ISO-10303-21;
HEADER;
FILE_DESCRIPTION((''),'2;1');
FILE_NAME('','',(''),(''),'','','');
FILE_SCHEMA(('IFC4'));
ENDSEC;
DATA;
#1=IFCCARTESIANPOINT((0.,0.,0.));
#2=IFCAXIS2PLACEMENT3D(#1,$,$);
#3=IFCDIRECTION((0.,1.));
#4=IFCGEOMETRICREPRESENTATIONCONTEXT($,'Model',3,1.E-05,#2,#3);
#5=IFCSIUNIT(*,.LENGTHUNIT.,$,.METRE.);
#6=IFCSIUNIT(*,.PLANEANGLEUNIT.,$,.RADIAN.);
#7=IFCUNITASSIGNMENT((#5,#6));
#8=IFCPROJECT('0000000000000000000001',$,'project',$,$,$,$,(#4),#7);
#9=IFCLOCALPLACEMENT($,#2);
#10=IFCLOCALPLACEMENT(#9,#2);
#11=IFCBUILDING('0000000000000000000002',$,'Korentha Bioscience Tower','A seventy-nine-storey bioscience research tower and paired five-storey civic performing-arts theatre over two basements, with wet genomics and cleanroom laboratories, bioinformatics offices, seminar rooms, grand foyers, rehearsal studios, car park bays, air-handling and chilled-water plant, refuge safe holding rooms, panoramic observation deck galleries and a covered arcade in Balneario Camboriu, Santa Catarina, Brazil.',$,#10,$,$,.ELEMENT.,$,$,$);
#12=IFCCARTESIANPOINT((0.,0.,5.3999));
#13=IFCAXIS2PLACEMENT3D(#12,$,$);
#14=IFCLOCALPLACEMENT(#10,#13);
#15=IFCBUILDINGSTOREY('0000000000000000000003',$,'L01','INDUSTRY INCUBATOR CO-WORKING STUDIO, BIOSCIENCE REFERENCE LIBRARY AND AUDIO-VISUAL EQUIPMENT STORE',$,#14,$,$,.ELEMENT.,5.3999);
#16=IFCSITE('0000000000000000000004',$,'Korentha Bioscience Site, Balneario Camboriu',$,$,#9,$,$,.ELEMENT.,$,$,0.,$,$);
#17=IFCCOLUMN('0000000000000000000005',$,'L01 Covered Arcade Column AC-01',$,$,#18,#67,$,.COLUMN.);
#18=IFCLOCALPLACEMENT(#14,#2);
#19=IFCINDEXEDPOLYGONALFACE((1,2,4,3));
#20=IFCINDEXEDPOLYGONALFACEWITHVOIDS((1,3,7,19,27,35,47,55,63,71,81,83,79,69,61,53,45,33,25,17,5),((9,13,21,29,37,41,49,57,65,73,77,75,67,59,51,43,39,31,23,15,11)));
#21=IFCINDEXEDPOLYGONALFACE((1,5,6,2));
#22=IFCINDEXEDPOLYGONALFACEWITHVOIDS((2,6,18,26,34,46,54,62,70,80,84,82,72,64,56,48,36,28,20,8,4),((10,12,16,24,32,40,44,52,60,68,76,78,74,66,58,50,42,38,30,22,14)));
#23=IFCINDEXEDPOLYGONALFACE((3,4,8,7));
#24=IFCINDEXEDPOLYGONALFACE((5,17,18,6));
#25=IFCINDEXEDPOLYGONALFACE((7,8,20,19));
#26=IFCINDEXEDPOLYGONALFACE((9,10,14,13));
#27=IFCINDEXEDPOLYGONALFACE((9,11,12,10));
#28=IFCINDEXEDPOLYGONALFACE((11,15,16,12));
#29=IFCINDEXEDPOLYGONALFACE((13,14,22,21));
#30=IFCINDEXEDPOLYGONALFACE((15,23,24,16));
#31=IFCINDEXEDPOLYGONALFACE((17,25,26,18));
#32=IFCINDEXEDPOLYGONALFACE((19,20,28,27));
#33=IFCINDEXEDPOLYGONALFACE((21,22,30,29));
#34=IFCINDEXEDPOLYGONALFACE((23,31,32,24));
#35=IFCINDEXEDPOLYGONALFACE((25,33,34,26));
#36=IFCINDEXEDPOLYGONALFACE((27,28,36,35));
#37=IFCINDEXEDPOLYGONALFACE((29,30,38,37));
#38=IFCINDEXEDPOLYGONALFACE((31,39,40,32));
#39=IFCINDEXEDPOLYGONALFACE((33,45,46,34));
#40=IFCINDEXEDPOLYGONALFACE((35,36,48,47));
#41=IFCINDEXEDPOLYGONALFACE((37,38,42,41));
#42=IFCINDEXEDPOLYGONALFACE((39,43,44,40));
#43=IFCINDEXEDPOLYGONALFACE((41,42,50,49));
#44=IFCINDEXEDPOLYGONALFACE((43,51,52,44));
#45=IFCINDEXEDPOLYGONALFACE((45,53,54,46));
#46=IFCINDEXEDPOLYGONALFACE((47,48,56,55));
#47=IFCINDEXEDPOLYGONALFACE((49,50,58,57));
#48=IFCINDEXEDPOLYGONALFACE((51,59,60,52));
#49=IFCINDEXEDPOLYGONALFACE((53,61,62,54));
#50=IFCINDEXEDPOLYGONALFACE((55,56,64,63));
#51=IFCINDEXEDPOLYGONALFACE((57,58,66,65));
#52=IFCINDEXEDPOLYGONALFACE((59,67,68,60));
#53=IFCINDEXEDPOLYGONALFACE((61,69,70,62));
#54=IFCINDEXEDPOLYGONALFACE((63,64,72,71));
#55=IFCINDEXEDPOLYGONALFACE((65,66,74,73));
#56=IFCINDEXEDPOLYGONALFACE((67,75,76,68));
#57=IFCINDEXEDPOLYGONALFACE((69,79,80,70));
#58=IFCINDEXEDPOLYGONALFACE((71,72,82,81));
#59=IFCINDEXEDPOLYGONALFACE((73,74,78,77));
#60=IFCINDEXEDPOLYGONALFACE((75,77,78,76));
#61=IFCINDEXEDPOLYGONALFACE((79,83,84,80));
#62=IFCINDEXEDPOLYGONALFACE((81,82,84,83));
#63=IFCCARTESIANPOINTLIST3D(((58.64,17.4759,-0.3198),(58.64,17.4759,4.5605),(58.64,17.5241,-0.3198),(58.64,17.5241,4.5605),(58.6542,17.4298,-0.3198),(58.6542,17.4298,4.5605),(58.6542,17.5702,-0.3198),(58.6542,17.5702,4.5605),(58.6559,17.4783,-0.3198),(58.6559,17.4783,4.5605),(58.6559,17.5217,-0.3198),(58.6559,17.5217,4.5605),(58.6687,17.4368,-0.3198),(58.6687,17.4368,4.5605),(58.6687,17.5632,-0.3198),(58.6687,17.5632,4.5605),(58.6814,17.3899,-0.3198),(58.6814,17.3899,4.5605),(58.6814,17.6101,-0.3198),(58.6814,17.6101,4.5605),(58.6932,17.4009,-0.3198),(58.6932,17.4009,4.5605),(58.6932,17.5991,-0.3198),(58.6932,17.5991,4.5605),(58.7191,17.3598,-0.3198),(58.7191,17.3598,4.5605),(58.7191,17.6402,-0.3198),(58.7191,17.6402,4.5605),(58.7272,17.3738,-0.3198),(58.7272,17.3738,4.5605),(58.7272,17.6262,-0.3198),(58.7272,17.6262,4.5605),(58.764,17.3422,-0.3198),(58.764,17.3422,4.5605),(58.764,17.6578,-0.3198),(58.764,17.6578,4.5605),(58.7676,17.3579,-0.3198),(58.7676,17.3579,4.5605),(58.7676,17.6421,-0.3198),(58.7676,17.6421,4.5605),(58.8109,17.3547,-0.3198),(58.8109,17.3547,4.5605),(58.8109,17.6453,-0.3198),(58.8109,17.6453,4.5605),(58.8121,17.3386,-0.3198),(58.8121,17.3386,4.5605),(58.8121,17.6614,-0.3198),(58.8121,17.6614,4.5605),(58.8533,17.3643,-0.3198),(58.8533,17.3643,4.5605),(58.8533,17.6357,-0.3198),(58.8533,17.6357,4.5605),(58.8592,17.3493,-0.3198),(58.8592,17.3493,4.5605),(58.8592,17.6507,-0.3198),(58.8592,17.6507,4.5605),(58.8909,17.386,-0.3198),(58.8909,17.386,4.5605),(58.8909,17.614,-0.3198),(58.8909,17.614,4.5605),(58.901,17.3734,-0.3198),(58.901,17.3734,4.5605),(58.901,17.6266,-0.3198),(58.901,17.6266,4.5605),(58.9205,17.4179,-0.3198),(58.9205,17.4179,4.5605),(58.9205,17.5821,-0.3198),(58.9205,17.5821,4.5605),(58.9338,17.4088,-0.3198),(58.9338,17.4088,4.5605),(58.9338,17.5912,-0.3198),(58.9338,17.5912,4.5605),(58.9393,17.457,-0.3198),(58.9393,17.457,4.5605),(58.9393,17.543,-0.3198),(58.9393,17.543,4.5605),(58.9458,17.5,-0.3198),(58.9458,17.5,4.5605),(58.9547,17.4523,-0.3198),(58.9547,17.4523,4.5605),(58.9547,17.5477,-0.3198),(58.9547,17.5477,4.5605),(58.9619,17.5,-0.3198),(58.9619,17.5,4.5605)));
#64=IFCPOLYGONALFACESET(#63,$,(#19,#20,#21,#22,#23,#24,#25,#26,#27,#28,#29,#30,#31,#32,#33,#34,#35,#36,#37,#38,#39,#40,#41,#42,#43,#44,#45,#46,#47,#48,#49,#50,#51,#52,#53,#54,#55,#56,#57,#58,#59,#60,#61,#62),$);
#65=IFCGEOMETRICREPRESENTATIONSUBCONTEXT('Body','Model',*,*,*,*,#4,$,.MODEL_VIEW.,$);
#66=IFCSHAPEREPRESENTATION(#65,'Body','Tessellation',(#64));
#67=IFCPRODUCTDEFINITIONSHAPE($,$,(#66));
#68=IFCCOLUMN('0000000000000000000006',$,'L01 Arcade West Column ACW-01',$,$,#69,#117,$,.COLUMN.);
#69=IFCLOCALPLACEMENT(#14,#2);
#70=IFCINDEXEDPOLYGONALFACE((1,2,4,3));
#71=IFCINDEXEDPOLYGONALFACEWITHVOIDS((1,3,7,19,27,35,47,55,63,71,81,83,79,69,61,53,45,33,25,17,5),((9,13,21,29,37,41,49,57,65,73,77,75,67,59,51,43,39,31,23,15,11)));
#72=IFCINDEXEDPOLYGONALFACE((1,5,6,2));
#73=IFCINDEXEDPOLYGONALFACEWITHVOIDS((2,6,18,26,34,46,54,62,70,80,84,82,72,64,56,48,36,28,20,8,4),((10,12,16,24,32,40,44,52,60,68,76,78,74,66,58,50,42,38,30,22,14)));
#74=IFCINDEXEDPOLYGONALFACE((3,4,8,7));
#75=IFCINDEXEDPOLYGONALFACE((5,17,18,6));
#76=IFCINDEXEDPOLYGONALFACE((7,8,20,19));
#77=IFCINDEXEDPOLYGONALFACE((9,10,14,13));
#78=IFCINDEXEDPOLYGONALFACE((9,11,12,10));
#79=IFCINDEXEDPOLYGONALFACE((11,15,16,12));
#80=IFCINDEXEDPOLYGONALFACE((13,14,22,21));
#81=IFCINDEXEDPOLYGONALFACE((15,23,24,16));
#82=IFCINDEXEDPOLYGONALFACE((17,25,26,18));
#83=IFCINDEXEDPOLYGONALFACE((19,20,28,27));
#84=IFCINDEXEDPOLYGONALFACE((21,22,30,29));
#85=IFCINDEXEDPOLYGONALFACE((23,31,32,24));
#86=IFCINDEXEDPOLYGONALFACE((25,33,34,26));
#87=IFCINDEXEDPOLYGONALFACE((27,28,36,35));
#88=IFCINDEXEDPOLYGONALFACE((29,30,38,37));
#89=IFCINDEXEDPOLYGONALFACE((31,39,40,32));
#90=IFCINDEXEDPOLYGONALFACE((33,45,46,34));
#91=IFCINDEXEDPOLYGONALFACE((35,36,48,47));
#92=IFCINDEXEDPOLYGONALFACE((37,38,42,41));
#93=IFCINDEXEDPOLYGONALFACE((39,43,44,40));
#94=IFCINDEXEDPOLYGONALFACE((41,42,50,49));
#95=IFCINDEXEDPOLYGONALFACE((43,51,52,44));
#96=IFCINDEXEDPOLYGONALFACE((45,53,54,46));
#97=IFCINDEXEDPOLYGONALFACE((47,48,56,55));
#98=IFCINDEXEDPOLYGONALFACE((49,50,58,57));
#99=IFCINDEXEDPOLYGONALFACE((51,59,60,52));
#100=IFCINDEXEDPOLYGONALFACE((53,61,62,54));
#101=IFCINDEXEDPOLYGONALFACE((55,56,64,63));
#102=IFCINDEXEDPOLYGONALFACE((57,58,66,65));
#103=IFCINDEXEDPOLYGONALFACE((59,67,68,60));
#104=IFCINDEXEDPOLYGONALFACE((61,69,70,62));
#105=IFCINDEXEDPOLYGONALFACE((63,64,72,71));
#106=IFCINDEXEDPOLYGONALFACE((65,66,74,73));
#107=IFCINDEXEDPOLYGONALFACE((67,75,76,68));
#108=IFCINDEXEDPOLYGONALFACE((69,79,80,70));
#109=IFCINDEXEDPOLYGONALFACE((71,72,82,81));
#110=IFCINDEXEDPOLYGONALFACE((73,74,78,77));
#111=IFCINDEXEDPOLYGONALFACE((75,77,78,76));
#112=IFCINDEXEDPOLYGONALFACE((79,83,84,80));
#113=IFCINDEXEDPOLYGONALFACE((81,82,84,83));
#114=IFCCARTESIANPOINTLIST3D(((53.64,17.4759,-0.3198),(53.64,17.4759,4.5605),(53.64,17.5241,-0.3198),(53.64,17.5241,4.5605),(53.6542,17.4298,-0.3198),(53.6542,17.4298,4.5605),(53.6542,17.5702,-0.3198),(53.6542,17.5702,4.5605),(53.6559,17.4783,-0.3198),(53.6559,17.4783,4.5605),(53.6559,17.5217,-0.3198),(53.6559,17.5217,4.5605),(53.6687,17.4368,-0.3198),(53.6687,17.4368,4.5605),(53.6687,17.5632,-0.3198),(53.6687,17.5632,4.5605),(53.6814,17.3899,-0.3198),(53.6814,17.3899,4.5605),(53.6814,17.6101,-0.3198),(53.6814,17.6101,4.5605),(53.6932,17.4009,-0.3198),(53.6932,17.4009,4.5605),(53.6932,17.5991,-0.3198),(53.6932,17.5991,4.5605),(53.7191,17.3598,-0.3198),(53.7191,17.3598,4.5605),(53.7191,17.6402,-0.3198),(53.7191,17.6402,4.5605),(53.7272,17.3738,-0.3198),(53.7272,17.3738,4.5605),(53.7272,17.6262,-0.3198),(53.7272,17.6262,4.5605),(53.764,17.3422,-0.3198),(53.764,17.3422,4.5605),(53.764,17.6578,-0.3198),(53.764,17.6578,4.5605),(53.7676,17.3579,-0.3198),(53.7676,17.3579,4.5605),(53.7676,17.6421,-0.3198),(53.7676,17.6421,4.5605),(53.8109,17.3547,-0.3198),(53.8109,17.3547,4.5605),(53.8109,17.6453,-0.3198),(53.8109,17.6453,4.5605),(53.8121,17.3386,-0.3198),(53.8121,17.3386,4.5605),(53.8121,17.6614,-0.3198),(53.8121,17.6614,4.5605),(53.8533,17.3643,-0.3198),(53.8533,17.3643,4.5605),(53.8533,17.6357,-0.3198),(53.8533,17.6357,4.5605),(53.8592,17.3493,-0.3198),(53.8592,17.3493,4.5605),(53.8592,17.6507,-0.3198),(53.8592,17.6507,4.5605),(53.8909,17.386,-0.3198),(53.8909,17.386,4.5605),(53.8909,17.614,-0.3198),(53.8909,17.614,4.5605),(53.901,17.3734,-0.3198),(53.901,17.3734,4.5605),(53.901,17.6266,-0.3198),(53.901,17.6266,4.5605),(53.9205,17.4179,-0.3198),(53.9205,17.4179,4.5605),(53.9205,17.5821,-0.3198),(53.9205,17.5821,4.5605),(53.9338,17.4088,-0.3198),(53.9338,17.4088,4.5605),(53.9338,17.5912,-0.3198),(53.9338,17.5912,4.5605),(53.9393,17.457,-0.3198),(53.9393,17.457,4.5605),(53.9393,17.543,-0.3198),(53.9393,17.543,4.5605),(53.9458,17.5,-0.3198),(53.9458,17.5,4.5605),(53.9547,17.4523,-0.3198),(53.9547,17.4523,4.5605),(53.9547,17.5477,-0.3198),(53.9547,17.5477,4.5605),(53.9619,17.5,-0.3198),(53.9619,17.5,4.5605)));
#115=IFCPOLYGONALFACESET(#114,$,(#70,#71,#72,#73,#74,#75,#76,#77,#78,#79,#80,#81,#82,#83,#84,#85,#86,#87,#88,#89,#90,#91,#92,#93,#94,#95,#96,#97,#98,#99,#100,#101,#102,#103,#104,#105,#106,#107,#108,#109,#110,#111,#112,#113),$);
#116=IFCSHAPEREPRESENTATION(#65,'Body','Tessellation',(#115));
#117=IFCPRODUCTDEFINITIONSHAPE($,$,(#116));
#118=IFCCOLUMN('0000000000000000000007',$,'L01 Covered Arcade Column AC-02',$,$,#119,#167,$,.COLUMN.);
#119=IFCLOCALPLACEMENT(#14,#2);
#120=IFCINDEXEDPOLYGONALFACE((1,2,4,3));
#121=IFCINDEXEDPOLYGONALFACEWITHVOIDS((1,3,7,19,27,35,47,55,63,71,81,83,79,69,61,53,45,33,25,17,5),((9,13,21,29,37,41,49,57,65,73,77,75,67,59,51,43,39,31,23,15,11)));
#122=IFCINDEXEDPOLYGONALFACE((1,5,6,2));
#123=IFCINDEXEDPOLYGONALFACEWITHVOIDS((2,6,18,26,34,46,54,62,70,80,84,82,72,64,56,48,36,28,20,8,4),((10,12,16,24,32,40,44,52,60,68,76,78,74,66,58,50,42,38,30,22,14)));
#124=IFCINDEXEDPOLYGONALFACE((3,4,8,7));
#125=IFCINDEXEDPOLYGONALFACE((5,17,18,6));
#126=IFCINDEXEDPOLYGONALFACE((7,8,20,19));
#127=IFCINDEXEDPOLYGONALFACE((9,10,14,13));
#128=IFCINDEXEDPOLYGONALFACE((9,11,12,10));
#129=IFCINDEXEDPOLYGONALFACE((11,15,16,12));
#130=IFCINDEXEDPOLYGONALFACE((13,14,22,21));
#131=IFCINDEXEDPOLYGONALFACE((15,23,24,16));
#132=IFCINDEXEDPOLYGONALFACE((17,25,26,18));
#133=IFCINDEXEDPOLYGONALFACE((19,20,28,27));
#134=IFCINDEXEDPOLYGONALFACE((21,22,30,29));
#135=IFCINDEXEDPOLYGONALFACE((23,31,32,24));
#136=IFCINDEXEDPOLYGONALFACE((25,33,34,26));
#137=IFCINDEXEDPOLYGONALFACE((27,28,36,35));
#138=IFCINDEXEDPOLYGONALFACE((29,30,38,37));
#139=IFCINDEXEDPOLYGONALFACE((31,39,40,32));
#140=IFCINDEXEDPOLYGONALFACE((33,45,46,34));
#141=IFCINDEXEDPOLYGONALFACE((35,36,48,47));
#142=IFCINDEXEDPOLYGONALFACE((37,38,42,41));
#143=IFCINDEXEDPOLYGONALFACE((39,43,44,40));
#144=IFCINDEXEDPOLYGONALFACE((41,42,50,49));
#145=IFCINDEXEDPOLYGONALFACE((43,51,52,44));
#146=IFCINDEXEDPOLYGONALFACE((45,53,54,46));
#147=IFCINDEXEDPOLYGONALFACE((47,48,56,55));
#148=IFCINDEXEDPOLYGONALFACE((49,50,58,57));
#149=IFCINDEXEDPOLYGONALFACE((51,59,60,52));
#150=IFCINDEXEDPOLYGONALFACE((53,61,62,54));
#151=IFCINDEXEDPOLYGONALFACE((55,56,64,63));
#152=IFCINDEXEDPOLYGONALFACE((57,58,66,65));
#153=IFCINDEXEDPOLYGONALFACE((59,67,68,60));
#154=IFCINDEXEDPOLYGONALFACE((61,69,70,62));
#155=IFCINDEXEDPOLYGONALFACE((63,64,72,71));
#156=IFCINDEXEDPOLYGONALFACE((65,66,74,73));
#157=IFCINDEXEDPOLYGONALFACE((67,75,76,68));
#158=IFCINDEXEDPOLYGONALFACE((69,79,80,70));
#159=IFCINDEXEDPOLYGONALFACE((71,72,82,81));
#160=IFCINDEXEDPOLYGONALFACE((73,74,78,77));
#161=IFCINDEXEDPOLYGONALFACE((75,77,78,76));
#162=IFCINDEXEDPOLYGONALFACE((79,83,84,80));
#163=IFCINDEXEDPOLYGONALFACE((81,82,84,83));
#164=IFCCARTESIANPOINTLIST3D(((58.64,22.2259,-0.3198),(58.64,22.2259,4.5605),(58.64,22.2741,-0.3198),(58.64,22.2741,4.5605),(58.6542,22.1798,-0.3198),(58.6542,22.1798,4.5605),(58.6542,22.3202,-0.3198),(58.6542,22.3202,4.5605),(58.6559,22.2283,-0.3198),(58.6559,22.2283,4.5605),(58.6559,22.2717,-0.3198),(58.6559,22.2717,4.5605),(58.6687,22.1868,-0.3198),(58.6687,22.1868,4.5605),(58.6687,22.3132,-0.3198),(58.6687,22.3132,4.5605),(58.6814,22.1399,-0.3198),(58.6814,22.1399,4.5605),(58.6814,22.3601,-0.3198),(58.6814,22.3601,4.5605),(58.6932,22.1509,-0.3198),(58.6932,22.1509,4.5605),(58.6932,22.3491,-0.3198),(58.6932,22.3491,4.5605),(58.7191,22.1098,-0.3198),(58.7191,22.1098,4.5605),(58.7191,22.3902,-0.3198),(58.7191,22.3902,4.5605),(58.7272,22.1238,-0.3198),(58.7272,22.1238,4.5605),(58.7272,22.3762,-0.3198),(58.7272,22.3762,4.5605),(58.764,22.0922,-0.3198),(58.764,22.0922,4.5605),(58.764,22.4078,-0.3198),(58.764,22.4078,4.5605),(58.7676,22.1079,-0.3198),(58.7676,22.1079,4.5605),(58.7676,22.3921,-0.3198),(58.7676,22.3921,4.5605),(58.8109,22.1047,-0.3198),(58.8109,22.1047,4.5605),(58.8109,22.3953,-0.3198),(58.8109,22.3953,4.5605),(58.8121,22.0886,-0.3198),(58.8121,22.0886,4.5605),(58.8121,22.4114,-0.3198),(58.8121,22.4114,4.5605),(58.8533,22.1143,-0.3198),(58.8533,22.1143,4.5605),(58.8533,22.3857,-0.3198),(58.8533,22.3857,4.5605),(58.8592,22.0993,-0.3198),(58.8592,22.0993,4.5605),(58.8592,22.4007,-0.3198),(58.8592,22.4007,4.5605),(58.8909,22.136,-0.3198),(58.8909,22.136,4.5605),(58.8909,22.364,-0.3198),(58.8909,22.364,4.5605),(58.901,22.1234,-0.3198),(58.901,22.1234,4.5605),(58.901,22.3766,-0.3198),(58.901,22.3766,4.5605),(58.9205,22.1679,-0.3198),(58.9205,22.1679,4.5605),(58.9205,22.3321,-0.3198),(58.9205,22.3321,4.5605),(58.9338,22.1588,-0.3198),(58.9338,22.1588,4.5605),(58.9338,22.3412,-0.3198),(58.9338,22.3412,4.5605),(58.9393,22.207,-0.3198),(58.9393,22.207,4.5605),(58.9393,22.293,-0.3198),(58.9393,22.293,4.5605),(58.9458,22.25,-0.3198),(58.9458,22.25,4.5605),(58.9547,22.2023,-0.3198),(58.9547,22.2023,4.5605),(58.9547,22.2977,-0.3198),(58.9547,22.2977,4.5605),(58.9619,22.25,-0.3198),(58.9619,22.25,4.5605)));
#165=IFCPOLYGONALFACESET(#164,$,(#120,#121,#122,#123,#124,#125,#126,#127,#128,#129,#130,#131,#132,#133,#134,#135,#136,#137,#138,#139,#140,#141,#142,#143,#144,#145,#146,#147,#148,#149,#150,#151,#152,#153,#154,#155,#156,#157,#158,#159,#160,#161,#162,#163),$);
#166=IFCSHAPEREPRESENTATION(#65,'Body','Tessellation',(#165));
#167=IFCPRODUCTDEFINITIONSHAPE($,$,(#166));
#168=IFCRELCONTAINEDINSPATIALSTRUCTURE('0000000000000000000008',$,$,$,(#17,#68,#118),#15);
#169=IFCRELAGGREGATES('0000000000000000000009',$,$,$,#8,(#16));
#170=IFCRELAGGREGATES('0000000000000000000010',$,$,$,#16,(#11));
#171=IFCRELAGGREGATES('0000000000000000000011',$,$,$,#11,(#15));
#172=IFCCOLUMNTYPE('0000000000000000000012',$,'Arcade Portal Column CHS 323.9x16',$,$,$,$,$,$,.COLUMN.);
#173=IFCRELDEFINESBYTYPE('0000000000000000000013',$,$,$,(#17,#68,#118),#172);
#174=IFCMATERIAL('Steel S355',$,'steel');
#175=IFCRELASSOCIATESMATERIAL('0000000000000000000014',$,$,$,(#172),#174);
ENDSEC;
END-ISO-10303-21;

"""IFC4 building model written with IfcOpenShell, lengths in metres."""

from ifc_helpers import new_model, si_unit, direction, frame, origin, origin_2d, place, context, subcontext, project, spatial, hollow_circle, extrude, material, material_profile, profile_set, type_object, element, save


model = new_model("IFC4")

# Units and contexts
model_context = context("Model", 3, precision=1e-05, world=origin(), true_north=direction((0.0, 1.0)))
body_context = subcontext(model_context, "Body", "Model", "MODEL_VIEW")
ifc_project = project(units=[si_unit("LENGTHUNIT", "METRE"), si_unit("PLANEANGLEUNIT", "RADIAN")], contexts=[model_context])

# Site, building, storey
site_placement = place(None, origin())
site = spatial("IfcSite", under=ifc_project, at=site_placement, Name="Korentha Bioscience Site, Balneario Camboriu", CompositionType="ELEMENT", RefElevation=0.0)
building_placement = place(site_placement, origin())
building = spatial("IfcBuilding", under=site, at=building_placement, Name="Korentha Bioscience Tower", Description="A seventy-nine-storey bioscience research tower and paired five-storey civic performing-arts theatre over two basements, with wet genomics and cleanroom laboratories, bioinformatics offices, seminar rooms, grand foyers, rehearsal studios, car park bays, air-handling and chilled-water plant, refuge safe holding rooms, panoramic observation deck galleries and a covered arcade in Balneario Camboriu, Santa Catarina, Brazil.", CompositionType="ELEMENT")
storey_placement = place(building_placement, frame((0.0, 0.0, 5.3999)))
storey = spatial("IfcBuildingStorey", under=building, at=storey_placement, Name="L01", Description="INDUSTRY INCUBATOR CO-WORKING STUDIO, BIOSCIENCE REFERENCE LIBRARY AND AUDIO-VISUAL EQUIPMENT STORE", CompositionType="ELEMENT", Elevation=5.3999)

# Columns
ifc_material_1 = material(Name="Steel S355", Category="steel")
ifc_material_profile_1 = material_profile(ifc_material_1, hollow_circle(Radius=0.1619, WallThickness=0.0161, at=origin_2d()), Name="Steel S355")
ifc_profile_set_1 = profile_set([ifc_material_profile_1], Name="Steel S355 (AC-01)")
column_type_1 = type_object("IfcColumnType", Name="Arcade Portal Column CHS 323.9x16", PredefinedType="COLUMN", material=ifc_profile_set_1)
for number, where, z_axis, x_axis, name in (
    (1, (58.8, 17.5, -0.3198), (0.0, 0.0, 1.0), (1.0, 0.0, 0.0), "L01 Covered Arcade Column AC-01"),
    (2, (53.8, 17.5, -0.3198), (0.0, 0.0, 1.0), (1.0, 0.0, 0.0), "L01 Arcade West Column ACW-01"),
    (3, (58.8, 22.25, -0.3198), (0.0, 0.0, 1.0), (1.0, 0.0, 0.0), "L01 Covered Arcade Column AC-02"),
):
    element("IfcColumn", number, at=place(storey_placement, frame(where, z_axis=z_axis, x_axis=x_axis)), inside=storey, type_object=column_type_1, Name=name, PredefinedType="COLUMN", context=body_context, shape_type="SweptSolid", body=[
        extrude(hollow_circle(Radius=0.1619, WallThickness=0.0161, at=origin_2d()), origin(), (0.0, 0.0, 1.0), 4.8804),
    ])

save(model, "model.ifc")
